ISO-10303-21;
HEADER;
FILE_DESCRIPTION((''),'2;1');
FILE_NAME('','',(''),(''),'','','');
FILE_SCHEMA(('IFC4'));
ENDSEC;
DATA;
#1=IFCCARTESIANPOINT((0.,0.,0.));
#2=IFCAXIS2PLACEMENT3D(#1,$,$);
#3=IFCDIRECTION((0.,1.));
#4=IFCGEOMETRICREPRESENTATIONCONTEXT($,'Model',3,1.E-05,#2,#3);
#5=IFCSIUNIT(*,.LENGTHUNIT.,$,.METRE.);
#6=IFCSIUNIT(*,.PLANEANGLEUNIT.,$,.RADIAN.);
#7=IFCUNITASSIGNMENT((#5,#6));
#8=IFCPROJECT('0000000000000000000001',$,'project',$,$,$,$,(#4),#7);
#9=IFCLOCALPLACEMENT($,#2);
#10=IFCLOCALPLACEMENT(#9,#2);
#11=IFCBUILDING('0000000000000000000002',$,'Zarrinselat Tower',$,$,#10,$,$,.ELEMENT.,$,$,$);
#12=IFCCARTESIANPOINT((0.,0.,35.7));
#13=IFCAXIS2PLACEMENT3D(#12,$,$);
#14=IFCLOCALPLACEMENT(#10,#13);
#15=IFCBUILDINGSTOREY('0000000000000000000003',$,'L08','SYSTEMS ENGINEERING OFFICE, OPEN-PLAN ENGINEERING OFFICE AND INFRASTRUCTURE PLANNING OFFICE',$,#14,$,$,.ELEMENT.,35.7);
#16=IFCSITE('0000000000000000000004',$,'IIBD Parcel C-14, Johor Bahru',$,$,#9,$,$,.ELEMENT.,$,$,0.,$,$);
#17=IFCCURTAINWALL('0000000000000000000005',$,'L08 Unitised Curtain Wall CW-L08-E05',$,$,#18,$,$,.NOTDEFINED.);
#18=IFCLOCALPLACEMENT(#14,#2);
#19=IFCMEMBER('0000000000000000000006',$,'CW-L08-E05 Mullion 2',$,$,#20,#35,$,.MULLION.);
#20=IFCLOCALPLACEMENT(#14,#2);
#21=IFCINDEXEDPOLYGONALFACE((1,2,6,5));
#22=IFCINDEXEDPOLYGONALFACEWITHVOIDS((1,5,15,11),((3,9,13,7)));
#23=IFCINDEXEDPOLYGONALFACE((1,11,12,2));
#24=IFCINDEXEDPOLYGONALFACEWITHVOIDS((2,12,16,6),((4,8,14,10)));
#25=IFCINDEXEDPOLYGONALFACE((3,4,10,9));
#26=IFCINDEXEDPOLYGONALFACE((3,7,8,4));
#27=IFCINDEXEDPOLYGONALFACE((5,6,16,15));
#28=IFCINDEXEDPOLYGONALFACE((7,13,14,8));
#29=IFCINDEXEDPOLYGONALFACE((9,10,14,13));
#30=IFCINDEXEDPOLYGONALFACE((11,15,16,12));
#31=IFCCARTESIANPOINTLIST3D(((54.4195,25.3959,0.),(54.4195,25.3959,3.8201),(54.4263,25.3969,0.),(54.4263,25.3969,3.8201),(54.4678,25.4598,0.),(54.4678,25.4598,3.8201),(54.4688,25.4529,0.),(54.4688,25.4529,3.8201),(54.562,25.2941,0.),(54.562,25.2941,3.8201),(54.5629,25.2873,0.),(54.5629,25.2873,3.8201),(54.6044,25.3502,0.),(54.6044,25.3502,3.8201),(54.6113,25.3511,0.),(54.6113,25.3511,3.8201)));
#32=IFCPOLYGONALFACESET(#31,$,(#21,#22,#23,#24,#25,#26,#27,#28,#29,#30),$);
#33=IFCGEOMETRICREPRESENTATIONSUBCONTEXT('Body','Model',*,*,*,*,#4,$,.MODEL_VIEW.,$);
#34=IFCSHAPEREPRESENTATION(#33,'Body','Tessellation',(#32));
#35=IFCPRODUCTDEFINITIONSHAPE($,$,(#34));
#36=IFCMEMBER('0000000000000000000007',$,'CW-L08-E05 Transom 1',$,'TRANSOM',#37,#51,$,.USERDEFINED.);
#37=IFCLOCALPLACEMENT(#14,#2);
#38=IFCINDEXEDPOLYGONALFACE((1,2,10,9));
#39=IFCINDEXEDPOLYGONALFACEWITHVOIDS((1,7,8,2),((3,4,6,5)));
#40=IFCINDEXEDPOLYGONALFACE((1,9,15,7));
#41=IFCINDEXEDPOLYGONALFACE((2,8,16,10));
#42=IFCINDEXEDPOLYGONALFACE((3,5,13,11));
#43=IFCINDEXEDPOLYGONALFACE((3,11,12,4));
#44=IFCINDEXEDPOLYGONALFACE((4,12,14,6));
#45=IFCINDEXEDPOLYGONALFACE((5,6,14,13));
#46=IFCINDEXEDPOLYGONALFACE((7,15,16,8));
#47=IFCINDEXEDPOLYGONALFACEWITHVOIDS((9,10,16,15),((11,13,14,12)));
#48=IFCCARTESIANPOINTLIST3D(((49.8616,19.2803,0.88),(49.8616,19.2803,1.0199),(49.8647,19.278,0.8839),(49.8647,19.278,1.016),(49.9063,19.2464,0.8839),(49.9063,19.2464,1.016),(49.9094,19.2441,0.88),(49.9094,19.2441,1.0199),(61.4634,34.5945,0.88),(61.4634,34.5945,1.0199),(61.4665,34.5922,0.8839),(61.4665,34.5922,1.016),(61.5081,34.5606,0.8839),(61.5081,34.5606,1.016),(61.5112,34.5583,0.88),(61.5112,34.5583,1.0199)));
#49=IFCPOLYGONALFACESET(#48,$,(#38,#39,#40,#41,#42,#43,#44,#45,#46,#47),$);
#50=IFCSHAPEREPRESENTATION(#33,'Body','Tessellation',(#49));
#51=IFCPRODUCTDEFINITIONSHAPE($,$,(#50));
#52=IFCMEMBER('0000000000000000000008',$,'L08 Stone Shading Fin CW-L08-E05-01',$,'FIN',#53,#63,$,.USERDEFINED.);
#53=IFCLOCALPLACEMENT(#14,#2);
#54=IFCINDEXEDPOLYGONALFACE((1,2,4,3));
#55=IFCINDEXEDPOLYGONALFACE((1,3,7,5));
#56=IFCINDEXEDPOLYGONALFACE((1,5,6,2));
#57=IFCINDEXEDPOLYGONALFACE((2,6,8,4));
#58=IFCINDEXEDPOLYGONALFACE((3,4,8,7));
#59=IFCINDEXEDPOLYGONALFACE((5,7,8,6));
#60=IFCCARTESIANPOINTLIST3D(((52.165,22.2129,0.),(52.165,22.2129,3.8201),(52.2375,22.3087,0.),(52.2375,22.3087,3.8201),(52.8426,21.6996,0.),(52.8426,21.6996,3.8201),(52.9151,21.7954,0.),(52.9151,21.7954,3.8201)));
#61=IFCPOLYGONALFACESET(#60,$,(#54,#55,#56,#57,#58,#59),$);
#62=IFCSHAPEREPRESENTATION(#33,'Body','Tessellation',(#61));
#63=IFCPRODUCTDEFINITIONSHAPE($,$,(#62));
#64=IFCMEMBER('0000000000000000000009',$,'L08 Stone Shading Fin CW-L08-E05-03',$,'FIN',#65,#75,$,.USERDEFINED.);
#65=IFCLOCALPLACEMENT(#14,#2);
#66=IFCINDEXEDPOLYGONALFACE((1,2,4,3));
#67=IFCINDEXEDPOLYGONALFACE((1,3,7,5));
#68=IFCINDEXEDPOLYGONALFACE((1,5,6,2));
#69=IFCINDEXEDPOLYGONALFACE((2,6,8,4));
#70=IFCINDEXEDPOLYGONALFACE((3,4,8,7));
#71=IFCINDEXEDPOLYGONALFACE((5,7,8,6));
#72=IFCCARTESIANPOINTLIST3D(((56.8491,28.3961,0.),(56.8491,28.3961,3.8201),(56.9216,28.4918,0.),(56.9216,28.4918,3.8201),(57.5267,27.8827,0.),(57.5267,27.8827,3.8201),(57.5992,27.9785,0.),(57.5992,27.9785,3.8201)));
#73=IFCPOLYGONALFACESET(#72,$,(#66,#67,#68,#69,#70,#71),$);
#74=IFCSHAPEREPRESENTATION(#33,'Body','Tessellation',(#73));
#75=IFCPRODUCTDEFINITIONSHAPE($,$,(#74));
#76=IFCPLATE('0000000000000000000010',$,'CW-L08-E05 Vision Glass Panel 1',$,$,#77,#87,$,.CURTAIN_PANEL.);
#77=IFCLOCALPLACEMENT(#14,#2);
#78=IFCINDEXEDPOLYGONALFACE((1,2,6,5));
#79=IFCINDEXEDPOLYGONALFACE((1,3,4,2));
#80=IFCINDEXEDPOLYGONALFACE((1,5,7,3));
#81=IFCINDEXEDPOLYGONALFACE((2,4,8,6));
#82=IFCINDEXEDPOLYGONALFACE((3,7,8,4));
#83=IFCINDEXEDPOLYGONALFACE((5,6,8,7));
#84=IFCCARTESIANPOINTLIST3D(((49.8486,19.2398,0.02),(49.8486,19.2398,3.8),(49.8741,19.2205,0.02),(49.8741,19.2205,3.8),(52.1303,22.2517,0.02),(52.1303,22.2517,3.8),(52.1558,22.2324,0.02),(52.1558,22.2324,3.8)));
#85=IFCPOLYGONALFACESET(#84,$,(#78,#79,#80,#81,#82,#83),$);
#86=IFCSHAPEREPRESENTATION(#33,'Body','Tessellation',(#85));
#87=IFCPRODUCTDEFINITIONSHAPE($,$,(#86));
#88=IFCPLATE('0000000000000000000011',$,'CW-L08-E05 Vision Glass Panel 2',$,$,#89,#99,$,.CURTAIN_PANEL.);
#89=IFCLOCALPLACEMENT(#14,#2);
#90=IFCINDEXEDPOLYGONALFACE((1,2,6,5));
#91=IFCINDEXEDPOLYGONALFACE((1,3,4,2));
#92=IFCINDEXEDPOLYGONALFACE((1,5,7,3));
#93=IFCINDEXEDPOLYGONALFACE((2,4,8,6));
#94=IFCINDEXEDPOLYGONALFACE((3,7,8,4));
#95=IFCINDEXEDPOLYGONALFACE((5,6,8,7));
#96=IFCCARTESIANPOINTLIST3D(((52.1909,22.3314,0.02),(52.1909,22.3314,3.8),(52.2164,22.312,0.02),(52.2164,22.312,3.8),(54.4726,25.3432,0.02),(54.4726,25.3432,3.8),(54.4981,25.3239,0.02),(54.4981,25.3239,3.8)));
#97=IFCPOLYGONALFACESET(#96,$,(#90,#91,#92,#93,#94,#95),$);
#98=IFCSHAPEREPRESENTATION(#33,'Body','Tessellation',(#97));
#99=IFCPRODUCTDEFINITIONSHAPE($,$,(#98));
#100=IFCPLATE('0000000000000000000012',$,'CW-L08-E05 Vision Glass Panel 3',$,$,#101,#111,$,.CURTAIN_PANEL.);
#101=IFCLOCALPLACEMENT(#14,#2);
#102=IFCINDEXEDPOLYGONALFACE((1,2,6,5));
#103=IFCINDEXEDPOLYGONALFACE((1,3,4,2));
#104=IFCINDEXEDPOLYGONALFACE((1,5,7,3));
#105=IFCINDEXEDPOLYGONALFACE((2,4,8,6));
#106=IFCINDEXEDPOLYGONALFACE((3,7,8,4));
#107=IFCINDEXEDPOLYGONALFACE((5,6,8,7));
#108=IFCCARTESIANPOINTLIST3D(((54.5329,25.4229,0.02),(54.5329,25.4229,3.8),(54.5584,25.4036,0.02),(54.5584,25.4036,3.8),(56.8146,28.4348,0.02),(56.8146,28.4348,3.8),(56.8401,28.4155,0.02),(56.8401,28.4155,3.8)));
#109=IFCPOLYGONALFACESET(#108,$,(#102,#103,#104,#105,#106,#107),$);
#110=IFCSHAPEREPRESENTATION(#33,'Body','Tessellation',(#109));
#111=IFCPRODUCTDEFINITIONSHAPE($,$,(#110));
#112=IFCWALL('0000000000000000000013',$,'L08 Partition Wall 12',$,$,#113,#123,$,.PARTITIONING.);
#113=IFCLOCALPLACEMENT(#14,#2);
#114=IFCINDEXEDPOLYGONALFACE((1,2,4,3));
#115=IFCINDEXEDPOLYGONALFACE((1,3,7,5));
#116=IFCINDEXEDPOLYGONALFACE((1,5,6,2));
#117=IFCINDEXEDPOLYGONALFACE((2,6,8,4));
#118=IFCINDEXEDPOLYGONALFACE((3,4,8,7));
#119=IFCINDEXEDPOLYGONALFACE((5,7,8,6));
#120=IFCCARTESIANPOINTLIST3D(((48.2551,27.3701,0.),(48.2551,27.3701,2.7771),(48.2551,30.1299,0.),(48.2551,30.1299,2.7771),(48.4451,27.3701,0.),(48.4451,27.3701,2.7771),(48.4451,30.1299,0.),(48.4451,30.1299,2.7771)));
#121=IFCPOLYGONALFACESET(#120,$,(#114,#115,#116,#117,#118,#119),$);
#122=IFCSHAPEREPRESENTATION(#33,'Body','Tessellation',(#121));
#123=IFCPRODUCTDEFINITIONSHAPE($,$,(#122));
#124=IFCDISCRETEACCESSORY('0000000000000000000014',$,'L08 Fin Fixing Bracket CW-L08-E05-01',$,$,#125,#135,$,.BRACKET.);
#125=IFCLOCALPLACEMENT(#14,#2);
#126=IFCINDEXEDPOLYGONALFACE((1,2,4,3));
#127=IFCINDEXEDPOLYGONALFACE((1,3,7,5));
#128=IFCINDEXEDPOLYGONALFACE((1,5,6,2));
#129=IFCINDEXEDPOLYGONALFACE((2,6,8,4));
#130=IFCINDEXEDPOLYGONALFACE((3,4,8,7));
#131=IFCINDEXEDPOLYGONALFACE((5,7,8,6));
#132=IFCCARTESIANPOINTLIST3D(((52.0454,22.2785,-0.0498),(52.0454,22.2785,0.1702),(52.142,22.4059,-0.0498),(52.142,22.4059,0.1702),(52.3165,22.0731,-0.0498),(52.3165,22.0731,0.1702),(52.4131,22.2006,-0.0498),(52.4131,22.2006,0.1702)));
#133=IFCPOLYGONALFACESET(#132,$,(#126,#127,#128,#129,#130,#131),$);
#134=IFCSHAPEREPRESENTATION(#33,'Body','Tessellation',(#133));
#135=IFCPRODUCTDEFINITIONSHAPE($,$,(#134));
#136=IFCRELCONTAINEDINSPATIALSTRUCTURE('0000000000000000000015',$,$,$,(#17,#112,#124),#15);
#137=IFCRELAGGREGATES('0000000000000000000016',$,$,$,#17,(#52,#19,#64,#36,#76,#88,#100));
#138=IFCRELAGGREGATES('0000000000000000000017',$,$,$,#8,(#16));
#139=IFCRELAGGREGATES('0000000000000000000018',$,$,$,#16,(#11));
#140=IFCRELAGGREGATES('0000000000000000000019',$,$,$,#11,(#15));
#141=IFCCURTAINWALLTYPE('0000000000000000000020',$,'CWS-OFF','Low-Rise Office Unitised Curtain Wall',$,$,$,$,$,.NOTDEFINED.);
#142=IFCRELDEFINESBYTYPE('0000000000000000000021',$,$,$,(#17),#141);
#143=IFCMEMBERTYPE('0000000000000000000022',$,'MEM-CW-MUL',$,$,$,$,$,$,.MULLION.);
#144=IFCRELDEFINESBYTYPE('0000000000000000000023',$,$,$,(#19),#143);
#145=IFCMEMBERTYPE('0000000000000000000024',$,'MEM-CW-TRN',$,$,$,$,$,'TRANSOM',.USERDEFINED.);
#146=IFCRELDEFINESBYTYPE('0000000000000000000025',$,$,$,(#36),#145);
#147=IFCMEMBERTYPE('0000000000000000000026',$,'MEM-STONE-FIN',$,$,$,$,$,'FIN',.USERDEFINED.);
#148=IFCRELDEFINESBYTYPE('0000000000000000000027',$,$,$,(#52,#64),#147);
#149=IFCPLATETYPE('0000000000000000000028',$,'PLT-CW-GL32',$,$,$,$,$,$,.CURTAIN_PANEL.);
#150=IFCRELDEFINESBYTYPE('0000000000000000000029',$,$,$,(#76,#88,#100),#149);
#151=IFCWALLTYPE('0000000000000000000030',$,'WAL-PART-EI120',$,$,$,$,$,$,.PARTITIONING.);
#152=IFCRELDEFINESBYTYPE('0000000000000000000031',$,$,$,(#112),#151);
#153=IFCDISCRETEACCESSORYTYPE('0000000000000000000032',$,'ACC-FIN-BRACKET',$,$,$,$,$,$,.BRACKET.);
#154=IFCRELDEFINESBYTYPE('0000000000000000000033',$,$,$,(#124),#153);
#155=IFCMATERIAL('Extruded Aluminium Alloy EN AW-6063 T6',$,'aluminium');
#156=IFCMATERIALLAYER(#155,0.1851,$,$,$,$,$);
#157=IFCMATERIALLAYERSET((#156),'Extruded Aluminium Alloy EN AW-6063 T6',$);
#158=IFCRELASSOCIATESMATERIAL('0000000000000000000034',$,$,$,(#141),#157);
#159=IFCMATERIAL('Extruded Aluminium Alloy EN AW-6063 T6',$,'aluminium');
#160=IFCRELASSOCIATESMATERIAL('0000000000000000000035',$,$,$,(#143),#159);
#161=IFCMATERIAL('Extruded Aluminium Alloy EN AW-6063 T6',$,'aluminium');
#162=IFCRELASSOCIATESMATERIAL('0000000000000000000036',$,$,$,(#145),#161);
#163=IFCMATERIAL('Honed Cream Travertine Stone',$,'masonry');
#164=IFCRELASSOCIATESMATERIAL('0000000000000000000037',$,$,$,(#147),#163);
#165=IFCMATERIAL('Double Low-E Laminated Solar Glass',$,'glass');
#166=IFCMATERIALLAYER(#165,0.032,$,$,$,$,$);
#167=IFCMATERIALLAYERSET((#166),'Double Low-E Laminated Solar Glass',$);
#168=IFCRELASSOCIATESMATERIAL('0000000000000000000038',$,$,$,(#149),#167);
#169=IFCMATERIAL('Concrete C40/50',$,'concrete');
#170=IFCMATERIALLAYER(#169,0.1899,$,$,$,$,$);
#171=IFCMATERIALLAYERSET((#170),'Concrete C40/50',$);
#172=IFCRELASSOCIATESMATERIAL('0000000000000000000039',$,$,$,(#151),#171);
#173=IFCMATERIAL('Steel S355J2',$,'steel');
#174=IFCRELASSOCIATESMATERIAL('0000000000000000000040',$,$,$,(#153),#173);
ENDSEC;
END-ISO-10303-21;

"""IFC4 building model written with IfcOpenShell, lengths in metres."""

from ifc_helpers import new_model, si_unit, direction, frame, frame_2d, origin, origin_2d, place, context, subcontext, project, spatial, rectangle, hollow_rectangle, extrude, material, layer, layer_set, material_profile, profile_set, type_object, element, aggregate, save


model = new_model("IFC4")

# Units and contexts
model_context = context("Model", 3, precision=1e-05, world=origin(), true_north=direction((0.0, 1.0)))
body_context = subcontext(model_context, "Body", "Model", "MODEL_VIEW")
ifc_project = project(units=[si_unit("LENGTHUNIT", "METRE"), si_unit("PLANEANGLEUNIT", "RADIAN")], contexts=[model_context])

# Site, building, storey
site_placement = place(None, origin())
site = spatial("IfcSite", under=ifc_project, at=site_placement, Name="IIBD Parcel C-14, Johor Bahru", CompositionType="ELEMENT", RefElevation=0.0)
building_placement = place(site_placement, origin())
building = spatial("IfcBuilding", under=site, at=building_placement, Name="Zarrinselat Tower", CompositionType="ELEMENT")
storey_placement = place(building_placement, frame((0.0, 0.0, 35.7)))
storey = spatial("IfcBuildingStorey", under=building, at=storey_placement, Name="L08", Description="SYSTEMS ENGINEERING OFFICE, OPEN-PLAN ENGINEERING OFFICE AND INFRASTRUCTURE PLANNING OFFICE", CompositionType="ELEMENT", Elevation=35.7)

# Shared definitions
ifc_material_1 = material(Name="Extruded Aluminium Alloy EN AW-6063 T6", Category="aluminium")
ifc_layer_1 = layer(ifc_material_1, 0.1851)
ifc_layer_set_1 = layer_set([ifc_layer_1], Name="Extruded Aluminium Alloy EN AW-6063 T6")
curtain_wall_type = type_object("IfcCurtainWallType", Name="CWS-OFF", Description="Low-Rise Office Unitised Curtain Wall", PredefinedType="NOTDEFINED", material=ifc_layer_set_1)
ifc_material_2 = material(Name="Extruded Aluminium Alloy EN AW-6063 T6", Category="aluminium")
ifc_material_profile_1 = material_profile(ifc_material_2, hollow_rectangle(XDim=0.0801, YDim=0.1799, WallThickness=0.0049, at=origin_2d()), Name="RHS 180x80x5")
ifc_profile_set_1 = profile_set([ifc_material_profile_1], Name="Extruded Aluminium Alloy EN AW-6063 T6")
member_type_1 = type_object("IfcMemberType", Name="MEM-CW-MUL", PredefinedType="MULLION", material=ifc_profile_set_1)

# Curtain wall, members, plates
curtain_wall_1_placement = place(storey_placement, origin())
curtain_wall_1 = element("IfcCurtainWall", 1, at=curtain_wall_1_placement, inside=storey, type_object=curtain_wall_type, Name="L08 Unitised Curtain Wall CW-L08-E05", PredefinedType="NOTDEFINED")
member_1_placement = place(storey_placement, frame((54.5154, 25.3735, 0.0), z_axis=(0.0, 0.0, 1.0), x_axis=(0.603858, 0.797092, 0.0)))
member_1 = element("IfcMember", 2, at=member_1_placement, type_object=member_type_1, Name="CW-L08-E05 Mullion 2", PredefinedType="MULLION", context=body_context, shape_type="SweptSolid", body=[
    extrude(hollow_rectangle(XDim=0.0801, YDim=0.1799, WallThickness=0.0049, at=origin_2d()), origin(), (0.0, 0.0, 1.0), 3.8201),
])
ifc_material_3 = material(Name="Extruded Aluminium Alloy EN AW-6063 T6", Category="aluminium")
ifc_material_profile_2 = material_profile(ifc_material_3, hollow_rectangle(XDim=0.0601, YDim=0.1399, WallThickness=0.0039, at=origin_2d()), Name="RHS 140x60x4")
ifc_profile_set_2 = profile_set([ifc_material_profile_2], Name="Extruded Aluminium Alloy EN AW-6063 T6")
member_type_2 = type_object("IfcMemberType", Name="MEM-CW-TRN", ElementType="TRANSOM", PredefinedType="USERDEFINED", material=ifc_profile_set_2)
member_2_placement = place(storey_placement, frame((49.8855, 19.2622, 0.95), z_axis=(0.603862, 0.797089, 0.0), x_axis=(-0.797089, 0.603862, 0.0)))
member_2 = element("IfcMember", 3, at=member_2_placement, type_object=member_type_2, Name="CW-L08-E05 Transom 1", ObjectType="TRANSOM", PredefinedType="USERDEFINED", context=body_context, shape_type="SweptSolid", body=[
    extrude(hollow_rectangle(XDim=0.0601, YDim=0.1399, WallThickness=0.0039, at=origin_2d()), origin(), (0.0, 0.0, 1.0), 19.2126),
])
ifc_material_4 = material(Name="Honed Cream Travertine Stone", Category="masonry")
ifc_material_profile_3 = material_profile(ifc_material_4, rectangle(XDim=0.1201, YDim=0.8501, at=origin_2d()), Name="FIN 850x120")
ifc_profile_set_3 = profile_set([ifc_material_profile_3], Name="Honed Cream Travertine Stone")
member_type_3 = type_object("IfcMemberType", Name="MEM-STONE-FIN", ElementType="FIN", PredefinedType="USERDEFINED", material=ifc_profile_set_3)
member_3_placement = place(storey_placement, frame((52.54, 22.0042, 0.0), z_axis=(0.0, 0.0, 1.0), x_axis=(-0.603858, -0.797092, 0.0)))
member_3 = element("IfcMember", 4, at=member_3_placement, type_object=member_type_3, Name="L08 Stone Shading Fin CW-L08-E05-01", ObjectType="FIN", PredefinedType="USERDEFINED", context=body_context, shape_type="SweptSolid", body=[
    extrude(rectangle(XDim=0.1201, YDim=0.8501, at=origin_2d()), origin(), (0.0, 0.0, 1.0), 3.8201),
])
member_4_placement = place(storey_placement, frame((57.2241, 28.1873, 0.0), z_axis=(0.0, 0.0, 1.0), x_axis=(-0.603858, -0.797092, 0.0)))
member_4 = element("IfcMember", 5, at=member_4_placement, type_object=member_type_3, Name="L08 Stone Shading Fin CW-L08-E05-03", ObjectType="FIN", PredefinedType="USERDEFINED", context=body_context, shape_type="SweptSolid", body=[
    extrude(rectangle(XDim=0.1201, YDim=0.8501, at=origin_2d()), origin(), (0.0, 0.0, 1.0), 3.8201),
])
ifc_material_5 = material(Name="Double Low-E Laminated Solar Glass", Category="glass")
ifc_layer_2 = layer(ifc_material_5, 0.032)
ifc_layer_set_2 = layer_set([ifc_layer_2], Name="Double Low-E Laminated Solar Glass")
plate_type = type_object("IfcPlateType", Name="PLT-CW-GL32", PredefinedType="CURTAIN_PANEL", material=ifc_layer_set_2)
plate_1_placement = place(storey_placement, frame((51.0022, 20.7361, 0.02), z_axis=(0.0, 0.0, 1.0), x_axis=(0.603858, 0.797092, 0.0)))
plate_1 = element("IfcPlate", 6, at=plate_1_placement, type_object=plate_type, Name="CW-L08-E05 Vision Glass Panel 1", PredefinedType="CURTAIN_PANEL", context=body_context, shape_type="SweptSolid", body=[
    extrude(rectangle(XDim=3.7786, YDim=0.032, at=origin_2d()), origin(), (0.0, 0.0, 1.0), 3.78),
])
plate_2_placement = place(storey_placement, frame((53.3445, 23.8276, 0.02), z_axis=(0.0, 0.0, 1.0), x_axis=(0.603858, 0.797092, 0.0)))
plate_2 = element("IfcPlate", 7, at=plate_2_placement, type_object=plate_type, Name="CW-L08-E05 Vision Glass Panel 2", PredefinedType="CURTAIN_PANEL", context=body_context, shape_type="SweptSolid", body=[
    extrude(rectangle(XDim=3.7786, YDim=0.032, at=origin_2d()), origin(), (0.0, 0.0, 1.0), 3.78),
])
plate_3_placement = place(storey_placement, frame((55.6865, 26.9192, 0.02), z_axis=(0.0, 0.0, 1.0), x_axis=(0.603858, 0.797092, 0.0)))
plate_3 = element("IfcPlate", 8, at=plate_3_placement, type_object=plate_type, Name="CW-L08-E05 Vision Glass Panel 3", PredefinedType="CURTAIN_PANEL", context=body_context, shape_type="SweptSolid", body=[
    extrude(rectangle(XDim=3.7786, YDim=0.032, at=origin_2d()), origin(), (0.0, 0.0, 1.0), 3.78),
])
aggregate(curtain_wall_1, [member_3, member_1, member_4, member_2, plate_1, plate_2, plate_3])

# Wall
ifc_material_6 = material(Name="Concrete C40/50", Category="concrete")
ifc_layer_3 = layer(ifc_material_6, 0.1899)
ifc_layer_set_3 = layer_set([ifc_layer_3], Name="Concrete C40/50")
wall_type = type_object("IfcWallType", Name="WAL-PART-EI120", PredefinedType="PARTITIONING", material=ifc_layer_set_3)
wall_placement = place(storey_placement, frame((48.3501, 27.3701, 0.0), z_axis=(0.0, 0.0, 1.0), x_axis=(0.0, 1.0, 0.0)))
element("IfcWall", 9, at=wall_placement, inside=storey, type_object=wall_type, Name="L08 Partition Wall 12", PredefinedType="PARTITIONING", context=body_context, shape_type="SweptSolid", body=[
    extrude(rectangle(XDim=2.7598, YDim=0.1899, at=frame_2d((1.3799, 0.0))), origin(), (0.0, 0.0, 1.0), 2.7771),
])

# Discrete accessory
ifc_material_7 = material(Name="Steel S355J2", Category="steel")
discrete_accessory_type = type_object("IfcDiscreteAccessoryType", Name="ACC-FIN-BRACKET", PredefinedType="BRACKET", material=ifc_material_7)
discrete_accessory_placement = place(storey_placement, frame((52.2292, 22.2395, -0.0498), z_axis=(0.0, 0.0, 1.0), x_axis=(0.797092, -0.603858, 0.0)))
element("IfcDiscreteAccessory", 10, at=discrete_accessory_placement, inside=storey, type_object=discrete_accessory_type, Name="L08 Fin Fixing Bracket CW-L08-E05-01", PredefinedType="BRACKET", context=body_context, shape_type="SweptSolid", body=[
    extrude(rectangle(XDim=0.3401, YDim=0.1599, at=origin_2d()), origin(), (0.0, 0.0, 1.0), 0.22),
])

save(model, "model.ifc")
